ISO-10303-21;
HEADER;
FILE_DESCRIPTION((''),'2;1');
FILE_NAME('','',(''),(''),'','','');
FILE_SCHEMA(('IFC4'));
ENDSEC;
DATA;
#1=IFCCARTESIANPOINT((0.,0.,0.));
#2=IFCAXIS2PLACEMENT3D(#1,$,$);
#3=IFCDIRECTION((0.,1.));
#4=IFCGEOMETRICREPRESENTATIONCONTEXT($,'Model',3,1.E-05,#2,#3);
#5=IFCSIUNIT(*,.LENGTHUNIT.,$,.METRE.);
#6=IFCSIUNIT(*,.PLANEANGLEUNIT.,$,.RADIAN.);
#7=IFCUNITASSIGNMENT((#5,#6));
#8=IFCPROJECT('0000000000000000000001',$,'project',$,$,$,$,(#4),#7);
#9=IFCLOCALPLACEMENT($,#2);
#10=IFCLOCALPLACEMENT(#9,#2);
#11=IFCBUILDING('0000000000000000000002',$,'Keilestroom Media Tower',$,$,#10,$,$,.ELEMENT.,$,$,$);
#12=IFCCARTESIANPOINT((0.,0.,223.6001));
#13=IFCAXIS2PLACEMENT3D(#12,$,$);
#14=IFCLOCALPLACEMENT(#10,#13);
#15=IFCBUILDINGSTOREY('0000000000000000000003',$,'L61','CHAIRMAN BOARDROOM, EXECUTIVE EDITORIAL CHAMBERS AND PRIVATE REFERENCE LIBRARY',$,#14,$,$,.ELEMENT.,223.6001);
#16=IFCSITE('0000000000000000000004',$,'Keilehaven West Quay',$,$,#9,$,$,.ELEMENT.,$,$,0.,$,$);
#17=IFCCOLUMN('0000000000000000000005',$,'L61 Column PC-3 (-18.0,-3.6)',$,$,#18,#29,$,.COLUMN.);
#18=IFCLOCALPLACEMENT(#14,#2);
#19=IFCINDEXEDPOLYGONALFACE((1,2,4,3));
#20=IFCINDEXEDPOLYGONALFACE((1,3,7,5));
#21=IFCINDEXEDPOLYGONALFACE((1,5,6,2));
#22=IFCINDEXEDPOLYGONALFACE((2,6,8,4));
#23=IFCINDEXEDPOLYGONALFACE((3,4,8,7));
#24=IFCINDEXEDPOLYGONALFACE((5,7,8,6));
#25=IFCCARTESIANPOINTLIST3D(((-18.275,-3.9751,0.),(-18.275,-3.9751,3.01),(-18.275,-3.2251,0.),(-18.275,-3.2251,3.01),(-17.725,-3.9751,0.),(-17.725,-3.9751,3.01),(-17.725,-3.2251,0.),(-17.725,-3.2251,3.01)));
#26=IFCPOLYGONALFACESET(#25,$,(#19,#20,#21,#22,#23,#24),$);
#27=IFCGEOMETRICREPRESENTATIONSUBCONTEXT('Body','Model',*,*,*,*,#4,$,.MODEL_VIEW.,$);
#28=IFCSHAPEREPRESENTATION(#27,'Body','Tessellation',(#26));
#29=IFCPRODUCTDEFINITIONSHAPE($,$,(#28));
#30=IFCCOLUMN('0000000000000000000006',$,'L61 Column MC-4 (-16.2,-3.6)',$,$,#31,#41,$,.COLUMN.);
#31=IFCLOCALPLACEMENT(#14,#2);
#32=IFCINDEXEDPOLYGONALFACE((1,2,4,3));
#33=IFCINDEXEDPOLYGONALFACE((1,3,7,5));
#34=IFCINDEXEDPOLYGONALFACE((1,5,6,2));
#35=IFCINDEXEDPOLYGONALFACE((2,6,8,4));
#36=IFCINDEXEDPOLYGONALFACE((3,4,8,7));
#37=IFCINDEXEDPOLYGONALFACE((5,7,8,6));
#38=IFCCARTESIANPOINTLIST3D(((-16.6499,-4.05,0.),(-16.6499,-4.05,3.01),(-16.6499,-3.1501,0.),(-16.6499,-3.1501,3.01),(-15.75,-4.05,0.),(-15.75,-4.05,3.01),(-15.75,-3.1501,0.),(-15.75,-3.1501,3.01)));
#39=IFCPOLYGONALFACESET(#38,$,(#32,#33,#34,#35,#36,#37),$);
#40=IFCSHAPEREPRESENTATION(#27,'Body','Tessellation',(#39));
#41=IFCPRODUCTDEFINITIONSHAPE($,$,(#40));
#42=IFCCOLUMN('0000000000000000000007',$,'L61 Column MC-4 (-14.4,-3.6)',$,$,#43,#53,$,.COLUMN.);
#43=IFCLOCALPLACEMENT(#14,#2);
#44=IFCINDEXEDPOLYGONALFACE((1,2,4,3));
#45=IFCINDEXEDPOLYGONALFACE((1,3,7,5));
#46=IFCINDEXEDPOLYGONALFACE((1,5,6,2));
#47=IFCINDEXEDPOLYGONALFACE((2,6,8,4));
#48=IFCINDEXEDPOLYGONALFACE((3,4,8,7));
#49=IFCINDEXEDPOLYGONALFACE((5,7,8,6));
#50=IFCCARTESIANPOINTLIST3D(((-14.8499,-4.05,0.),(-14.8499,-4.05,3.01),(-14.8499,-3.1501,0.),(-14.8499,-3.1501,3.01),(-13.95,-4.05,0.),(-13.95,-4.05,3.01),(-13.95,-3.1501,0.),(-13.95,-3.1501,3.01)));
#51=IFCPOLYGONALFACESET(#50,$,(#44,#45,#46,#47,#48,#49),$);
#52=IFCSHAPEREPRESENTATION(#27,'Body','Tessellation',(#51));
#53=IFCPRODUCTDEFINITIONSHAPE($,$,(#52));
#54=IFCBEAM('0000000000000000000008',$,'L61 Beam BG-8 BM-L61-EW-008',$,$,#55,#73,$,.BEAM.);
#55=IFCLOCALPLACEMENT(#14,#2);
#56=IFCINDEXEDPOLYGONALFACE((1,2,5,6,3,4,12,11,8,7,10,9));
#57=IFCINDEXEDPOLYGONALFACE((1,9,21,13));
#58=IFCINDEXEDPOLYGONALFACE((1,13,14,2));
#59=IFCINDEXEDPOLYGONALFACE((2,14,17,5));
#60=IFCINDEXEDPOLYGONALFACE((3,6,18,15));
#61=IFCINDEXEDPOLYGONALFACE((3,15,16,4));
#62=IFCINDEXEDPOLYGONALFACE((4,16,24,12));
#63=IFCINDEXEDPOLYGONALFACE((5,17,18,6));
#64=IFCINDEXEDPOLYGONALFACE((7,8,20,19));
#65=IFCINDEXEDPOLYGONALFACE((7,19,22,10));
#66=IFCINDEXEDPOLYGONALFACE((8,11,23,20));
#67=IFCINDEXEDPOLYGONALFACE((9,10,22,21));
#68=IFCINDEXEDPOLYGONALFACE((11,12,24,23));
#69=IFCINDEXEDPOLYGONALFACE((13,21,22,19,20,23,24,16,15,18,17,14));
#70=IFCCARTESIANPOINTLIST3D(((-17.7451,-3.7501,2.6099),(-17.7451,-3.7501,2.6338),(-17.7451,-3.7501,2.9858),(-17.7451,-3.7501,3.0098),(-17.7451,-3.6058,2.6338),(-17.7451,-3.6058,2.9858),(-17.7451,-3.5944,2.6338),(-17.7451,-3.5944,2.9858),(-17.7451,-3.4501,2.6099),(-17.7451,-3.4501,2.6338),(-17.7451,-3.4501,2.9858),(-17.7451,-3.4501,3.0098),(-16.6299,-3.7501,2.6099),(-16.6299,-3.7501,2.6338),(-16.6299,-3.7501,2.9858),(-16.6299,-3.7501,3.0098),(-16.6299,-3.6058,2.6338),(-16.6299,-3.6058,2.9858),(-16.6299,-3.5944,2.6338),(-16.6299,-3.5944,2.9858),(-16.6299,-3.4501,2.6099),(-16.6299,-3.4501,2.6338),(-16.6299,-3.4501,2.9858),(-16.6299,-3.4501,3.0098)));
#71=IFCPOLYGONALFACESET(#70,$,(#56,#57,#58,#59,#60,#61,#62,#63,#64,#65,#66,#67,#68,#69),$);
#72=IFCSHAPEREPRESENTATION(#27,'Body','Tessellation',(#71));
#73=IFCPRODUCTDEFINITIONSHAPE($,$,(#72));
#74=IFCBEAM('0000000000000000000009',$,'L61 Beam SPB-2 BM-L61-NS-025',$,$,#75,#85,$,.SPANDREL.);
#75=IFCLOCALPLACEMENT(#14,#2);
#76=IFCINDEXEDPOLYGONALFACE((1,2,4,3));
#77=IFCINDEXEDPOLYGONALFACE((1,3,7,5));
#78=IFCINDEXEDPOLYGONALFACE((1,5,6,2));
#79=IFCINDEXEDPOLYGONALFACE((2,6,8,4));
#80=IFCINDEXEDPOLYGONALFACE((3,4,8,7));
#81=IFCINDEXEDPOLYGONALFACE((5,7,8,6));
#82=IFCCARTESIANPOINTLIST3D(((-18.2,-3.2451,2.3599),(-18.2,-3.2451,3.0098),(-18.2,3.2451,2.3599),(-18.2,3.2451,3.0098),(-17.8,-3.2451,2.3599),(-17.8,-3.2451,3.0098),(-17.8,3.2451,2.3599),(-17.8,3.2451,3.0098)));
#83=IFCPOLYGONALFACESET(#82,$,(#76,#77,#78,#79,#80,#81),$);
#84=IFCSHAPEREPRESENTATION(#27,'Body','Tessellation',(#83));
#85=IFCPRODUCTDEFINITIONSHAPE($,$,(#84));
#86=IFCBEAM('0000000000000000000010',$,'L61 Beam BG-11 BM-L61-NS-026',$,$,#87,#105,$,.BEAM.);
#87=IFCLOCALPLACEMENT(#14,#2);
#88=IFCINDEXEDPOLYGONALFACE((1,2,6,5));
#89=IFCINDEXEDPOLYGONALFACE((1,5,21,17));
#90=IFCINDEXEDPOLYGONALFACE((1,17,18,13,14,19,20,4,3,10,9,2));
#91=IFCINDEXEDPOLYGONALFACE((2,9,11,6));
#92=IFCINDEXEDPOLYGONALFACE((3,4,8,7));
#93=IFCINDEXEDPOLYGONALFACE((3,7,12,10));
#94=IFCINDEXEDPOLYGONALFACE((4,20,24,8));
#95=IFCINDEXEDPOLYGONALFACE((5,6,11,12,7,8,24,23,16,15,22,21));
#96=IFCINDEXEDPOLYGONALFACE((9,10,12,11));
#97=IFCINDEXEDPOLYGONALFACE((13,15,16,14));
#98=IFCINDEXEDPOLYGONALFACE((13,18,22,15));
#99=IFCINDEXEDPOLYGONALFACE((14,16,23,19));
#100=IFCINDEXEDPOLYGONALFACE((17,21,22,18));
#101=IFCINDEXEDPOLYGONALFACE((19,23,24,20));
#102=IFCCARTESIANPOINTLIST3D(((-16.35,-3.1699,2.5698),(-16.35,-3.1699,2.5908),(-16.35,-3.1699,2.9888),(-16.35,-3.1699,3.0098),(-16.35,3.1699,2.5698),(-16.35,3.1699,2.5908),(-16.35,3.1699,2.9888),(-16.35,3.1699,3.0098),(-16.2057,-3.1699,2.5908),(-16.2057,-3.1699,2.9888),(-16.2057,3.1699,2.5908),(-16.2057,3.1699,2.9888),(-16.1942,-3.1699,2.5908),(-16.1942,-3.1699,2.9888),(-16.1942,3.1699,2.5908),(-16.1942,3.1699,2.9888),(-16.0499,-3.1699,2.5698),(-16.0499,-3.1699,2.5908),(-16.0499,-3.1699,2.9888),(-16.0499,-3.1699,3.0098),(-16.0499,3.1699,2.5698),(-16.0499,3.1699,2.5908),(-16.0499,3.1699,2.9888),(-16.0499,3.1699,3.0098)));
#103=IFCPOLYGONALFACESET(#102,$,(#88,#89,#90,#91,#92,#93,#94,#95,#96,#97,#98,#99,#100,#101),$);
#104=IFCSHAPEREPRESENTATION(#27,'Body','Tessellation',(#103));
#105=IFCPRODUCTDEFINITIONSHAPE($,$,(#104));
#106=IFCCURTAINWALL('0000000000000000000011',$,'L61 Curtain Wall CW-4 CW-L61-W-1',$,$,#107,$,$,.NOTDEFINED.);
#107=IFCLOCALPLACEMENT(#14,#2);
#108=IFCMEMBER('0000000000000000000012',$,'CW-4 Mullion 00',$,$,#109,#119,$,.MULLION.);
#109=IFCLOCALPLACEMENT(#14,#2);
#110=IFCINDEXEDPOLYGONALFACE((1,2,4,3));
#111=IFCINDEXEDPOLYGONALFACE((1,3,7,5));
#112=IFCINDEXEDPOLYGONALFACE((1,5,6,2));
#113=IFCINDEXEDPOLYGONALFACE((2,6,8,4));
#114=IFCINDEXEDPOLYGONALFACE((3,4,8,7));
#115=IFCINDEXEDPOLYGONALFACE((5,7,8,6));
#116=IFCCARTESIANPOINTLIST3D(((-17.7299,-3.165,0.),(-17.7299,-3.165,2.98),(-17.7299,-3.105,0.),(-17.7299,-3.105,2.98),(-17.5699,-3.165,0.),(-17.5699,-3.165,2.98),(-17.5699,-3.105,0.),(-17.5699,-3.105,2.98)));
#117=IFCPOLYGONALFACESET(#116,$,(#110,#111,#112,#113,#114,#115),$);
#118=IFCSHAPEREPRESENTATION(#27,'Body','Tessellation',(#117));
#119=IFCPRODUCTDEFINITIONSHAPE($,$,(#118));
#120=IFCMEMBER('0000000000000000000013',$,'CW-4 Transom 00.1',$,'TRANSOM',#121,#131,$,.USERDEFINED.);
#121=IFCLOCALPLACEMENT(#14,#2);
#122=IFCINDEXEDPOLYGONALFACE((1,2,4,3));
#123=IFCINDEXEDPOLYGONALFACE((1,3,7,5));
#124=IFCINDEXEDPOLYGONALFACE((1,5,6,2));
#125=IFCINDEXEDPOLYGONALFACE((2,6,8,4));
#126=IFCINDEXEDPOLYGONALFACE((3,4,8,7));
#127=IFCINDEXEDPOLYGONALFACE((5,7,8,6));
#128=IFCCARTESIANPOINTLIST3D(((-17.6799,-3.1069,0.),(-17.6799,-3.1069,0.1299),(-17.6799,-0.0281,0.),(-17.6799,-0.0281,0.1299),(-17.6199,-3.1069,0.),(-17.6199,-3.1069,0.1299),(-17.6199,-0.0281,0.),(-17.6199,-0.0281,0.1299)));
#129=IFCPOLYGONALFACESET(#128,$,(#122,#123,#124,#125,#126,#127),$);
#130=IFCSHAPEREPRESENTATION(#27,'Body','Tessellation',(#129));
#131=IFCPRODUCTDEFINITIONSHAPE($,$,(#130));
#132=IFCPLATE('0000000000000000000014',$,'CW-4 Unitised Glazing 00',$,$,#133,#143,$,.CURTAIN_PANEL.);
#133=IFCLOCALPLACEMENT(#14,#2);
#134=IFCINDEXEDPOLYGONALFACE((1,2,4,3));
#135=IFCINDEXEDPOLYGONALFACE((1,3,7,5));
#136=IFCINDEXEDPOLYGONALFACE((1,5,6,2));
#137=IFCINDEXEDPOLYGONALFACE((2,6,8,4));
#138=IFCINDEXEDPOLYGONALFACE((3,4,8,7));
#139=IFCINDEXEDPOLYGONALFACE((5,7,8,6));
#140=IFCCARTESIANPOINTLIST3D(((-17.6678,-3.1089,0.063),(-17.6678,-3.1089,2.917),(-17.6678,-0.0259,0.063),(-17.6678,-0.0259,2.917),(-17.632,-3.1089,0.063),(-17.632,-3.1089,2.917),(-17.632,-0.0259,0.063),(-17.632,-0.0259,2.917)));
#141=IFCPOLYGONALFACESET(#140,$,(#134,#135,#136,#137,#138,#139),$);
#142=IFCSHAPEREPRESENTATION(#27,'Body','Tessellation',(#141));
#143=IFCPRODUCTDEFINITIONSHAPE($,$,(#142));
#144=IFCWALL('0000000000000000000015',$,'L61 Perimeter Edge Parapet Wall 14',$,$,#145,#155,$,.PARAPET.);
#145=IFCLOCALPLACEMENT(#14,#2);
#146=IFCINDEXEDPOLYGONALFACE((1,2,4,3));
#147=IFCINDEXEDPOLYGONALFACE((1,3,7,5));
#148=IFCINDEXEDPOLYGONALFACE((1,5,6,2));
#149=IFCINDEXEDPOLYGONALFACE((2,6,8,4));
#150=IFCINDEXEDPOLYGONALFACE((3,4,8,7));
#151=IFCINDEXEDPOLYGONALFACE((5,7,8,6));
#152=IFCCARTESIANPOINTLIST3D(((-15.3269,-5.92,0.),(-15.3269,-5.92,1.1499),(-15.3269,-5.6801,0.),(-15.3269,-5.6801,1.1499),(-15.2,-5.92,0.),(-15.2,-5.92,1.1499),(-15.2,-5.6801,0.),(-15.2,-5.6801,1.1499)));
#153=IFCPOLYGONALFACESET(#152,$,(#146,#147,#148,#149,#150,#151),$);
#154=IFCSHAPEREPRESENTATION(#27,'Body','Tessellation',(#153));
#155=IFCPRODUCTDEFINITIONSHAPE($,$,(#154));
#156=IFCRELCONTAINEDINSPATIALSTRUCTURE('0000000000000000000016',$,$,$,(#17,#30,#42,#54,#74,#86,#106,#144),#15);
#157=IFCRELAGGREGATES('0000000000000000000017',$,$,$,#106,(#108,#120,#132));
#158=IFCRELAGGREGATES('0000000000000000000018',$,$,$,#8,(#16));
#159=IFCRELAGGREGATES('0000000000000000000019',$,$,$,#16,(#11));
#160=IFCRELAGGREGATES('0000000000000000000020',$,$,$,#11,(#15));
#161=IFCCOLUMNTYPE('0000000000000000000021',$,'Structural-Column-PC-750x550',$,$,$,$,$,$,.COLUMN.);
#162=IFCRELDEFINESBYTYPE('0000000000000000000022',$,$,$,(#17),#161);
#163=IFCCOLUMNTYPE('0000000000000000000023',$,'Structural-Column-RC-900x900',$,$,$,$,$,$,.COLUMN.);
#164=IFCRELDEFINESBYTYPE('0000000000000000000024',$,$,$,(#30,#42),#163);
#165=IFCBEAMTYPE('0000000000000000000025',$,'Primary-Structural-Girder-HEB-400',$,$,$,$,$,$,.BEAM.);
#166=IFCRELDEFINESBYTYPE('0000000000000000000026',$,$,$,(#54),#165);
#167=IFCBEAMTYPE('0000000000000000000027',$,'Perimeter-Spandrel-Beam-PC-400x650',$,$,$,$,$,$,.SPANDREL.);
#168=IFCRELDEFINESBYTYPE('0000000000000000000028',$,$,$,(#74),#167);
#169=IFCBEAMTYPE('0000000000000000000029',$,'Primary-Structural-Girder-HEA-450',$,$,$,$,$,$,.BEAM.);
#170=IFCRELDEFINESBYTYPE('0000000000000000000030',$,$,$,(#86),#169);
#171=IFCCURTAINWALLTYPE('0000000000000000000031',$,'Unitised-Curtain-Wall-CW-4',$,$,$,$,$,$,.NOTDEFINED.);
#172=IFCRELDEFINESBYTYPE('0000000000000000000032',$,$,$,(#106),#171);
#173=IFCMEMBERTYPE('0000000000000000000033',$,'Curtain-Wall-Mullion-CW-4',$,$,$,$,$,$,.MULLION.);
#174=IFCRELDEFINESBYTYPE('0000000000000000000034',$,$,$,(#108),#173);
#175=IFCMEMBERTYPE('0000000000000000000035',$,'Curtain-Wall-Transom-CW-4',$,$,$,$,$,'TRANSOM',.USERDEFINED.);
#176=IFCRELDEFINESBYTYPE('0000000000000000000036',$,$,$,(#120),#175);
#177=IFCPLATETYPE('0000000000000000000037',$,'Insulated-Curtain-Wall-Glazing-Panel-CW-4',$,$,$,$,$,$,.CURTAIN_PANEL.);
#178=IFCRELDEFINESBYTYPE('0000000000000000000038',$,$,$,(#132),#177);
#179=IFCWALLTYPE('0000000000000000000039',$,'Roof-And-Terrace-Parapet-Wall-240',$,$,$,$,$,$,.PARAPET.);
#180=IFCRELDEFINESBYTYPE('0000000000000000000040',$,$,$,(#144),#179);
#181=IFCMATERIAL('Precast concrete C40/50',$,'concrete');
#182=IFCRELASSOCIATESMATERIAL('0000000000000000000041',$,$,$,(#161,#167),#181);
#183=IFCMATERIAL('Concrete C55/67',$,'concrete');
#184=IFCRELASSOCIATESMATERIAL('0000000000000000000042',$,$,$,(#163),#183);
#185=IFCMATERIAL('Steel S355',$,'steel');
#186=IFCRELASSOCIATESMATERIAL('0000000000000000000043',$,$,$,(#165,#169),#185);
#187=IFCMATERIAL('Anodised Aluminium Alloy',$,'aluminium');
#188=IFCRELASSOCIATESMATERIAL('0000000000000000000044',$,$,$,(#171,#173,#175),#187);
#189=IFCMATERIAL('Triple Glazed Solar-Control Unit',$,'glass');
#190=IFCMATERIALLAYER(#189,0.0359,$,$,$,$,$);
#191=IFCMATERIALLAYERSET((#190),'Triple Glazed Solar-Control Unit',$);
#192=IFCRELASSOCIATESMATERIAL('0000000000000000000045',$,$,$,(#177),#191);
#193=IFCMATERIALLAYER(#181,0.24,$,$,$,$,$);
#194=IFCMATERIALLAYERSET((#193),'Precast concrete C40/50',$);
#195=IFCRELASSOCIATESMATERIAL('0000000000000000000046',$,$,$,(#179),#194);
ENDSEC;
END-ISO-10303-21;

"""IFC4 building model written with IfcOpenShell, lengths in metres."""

from ifc_helpers import new_model, si_unit, direction, frame, frame_2d, origin, origin_2d, place, context, subcontext, project, spatial, rectangle, i_section, extrude, source, transform, mapped, material, layer, layer_set, material_profile, profile_set, type_object, element, aggregate, save


model = new_model("IFC4")

# Units and contexts
model_context = context("Model", 3, precision=1e-05, world=origin(), true_north=direction((0.0, 1.0)))
body_context = subcontext(model_context, "Body", "Model", "MODEL_VIEW")
ifc_project = project(units=[si_unit("LENGTHUNIT", "METRE"), si_unit("PLANEANGLEUNIT", "RADIAN")], contexts=[model_context])

# Site, building, storey
site_placement = place(None, origin())
site = spatial("IfcSite", under=ifc_project, at=site_placement, Name="Keilehaven West Quay", CompositionType="ELEMENT", RefElevation=0.0)
building_placement = place(site_placement, origin())
building = spatial("IfcBuilding", under=site, at=building_placement, Name="Keilestroom Media Tower", CompositionType="ELEMENT")
storey_placement = place(building_placement, frame((0.0, 0.0, 223.6001)))
storey = spatial("IfcBuildingStorey", under=building, at=storey_placement, Name="L61", Description="CHAIRMAN BOARDROOM, EXECUTIVE EDITORIAL CHAMBERS AND PRIVATE REFERENCE LIBRARY", CompositionType="ELEMENT", Elevation=223.6001)

# Columns
ifc_material_1 = material(Name="Precast concrete C40/50", Category="concrete")
ifc_material_profile_1 = material_profile(ifc_material_1, rectangle(XDim=0.55, YDim=0.75, at=origin_2d()), Name="PC 750x550")
ifc_profile_set_1 = profile_set([ifc_material_profile_1], Name="Precast concrete C40/50")
column_type_1 = type_object("IfcColumnType", Name="Structural-Column-PC-750x550", PredefinedType="COLUMN", material=ifc_profile_set_1)
shared_shape_1 = source(origin(), body_context, "Body", "SweptSolid", [
    extrude(rectangle(XDim=0.55, YDim=0.75, at=origin_2d()), origin(), (0.0, 0.0, 1.0), 3.01),
])
column_placement = place(storey_placement, frame((-18.0, -3.6001, 0.0), z_axis=(0.0, 0.0, 1.0), x_axis=(1.0, 0.0, 0.0)))
element("IfcColumn", 1, at=column_placement, inside=storey, type_object=column_type_1, Name="L61 Column PC-3 (-18.0,-3.6)", PredefinedType="COLUMN", context=body_context, shape_type="MappedRepresentation", body=[
    mapped(shared_shape_1, transform((0.0, 0.0, 0.0), x_axis=(1.0, 0.0, 0.0), y_axis=(0.0, 1.0, 0.0), z_axis=(0.0, 0.0, 1.0), scale=1.0)),
])
ifc_material_2 = material(Name="Concrete C55/67", Category="concrete")
ifc_material_profile_2 = material_profile(ifc_material_2, rectangle(XDim=0.8999, YDim=0.8999, at=origin_2d()), Name="RC 900x900")
ifc_profile_set_2 = profile_set([ifc_material_profile_2], Name="Concrete C55/67")
column_type_2 = type_object("IfcColumnType", Name="Structural-Column-RC-900x900", PredefinedType="COLUMN", material=ifc_profile_set_2)
shared_shape_2 = source(origin(), body_context, "Body", "SweptSolid", [
    extrude(rectangle(XDim=0.8999, YDim=0.8999, at=origin_2d()), origin(), (0.0, 0.0, 1.0), 3.01),
])
for number, where, z_axis, x_axis, name in (
    (2, (-16.2, -3.6001, 0.0), (0.0, 0.0, 1.0), (1.0, 0.0, 0.0), "L61 Column MC-4 (-16.2,-3.6)"),
    (3, (-14.3999, -3.6001, 0.0), (0.0, 0.0, 1.0), (1.0, 0.0, 0.0), "L61 Column MC-4 (-14.4,-3.6)"),
):
    element("IfcColumn", number, at=place(storey_placement, frame(where, z_axis=z_axis, x_axis=x_axis)), inside=storey, type_object=column_type_2, Name=name, PredefinedType="COLUMN", context=body_context, shape_type="MappedRepresentation", body=[
        mapped(shared_shape_2, transform((0.0, 0.0, 0.0), x_axis=(1.0, 0.0, 0.0), y_axis=(0.0, 1.0, 0.0), z_axis=(0.0, 0.0, 1.0), scale=1.0)),
    ])

# Beams
ifc_material_3 = material(Name="Steel S355", Category="steel")
ifc_material_profile_3 = material_profile(ifc_material_3, i_section(OverallWidth=0.3, OverallDepth=0.3999, WebThickness=0.0115, FlangeThickness=0.0239, at=origin_2d()), Name="HEB 400")
ifc_profile_set_3 = profile_set([ifc_material_profile_3], Name="Steel S355")
beam_type_1 = type_object("IfcBeamType", Name="Primary-Structural-Girder-HEB-400", PredefinedType="BEAM", material=ifc_profile_set_3)
shared_shape_3 = source(origin(), body_context, "Body", "SweptSolid", [
    extrude(i_section(OverallWidth=0.3, OverallDepth=0.3999, WebThickness=0.0115, FlangeThickness=0.0239, at=origin_2d()), origin(), (0.0, 0.0, 1.0), 1.1152),
])
beam_1_placement = place(storey_placement, frame((-17.7451, -3.6001, 2.8098), z_axis=(1.0, 0.0, 0.0), x_axis=(0.0, 1.0, 0.0)))
element("IfcBeam", 4, at=beam_1_placement, inside=storey, type_object=beam_type_1, Name="L61 Beam BG-8 BM-L61-EW-008", PredefinedType="BEAM", context=body_context, shape_type="MappedRepresentation", body=[
    mapped(shared_shape_3, transform((0.0, 0.0, 0.0), x_axis=(1.0, 0.0, 0.0), y_axis=(0.0, 1.0, 0.0), z_axis=(0.0, 0.0, 1.0), scale=1.0)),
])
ifc_material_profile_4 = material_profile(ifc_material_1, rectangle(XDim=0.3999, YDim=0.6499, at=origin_2d()), Name="PC 400x650")
ifc_profile_set_4 = profile_set([ifc_material_profile_4], Name="Precast concrete C40/50")
beam_type_2 = type_object("IfcBeamType", Name="Perimeter-Spandrel-Beam-PC-400x650", PredefinedType="SPANDREL", material=ifc_profile_set_4)
shared_shape_4 = source(origin(), body_context, "Body", "SweptSolid", [
    extrude(rectangle(XDim=0.3999, YDim=0.6499, at=origin_2d()), origin(), (0.0, 0.0, 1.0), 6.4902),
])
beam_2_placement = place(storey_placement, frame((-18.0, -3.2451, 2.6848), z_axis=(0.0, 1.0, 0.0), x_axis=(-1.0, 0.0, 0.0)))
element("IfcBeam", 5, at=beam_2_placement, inside=storey, type_object=beam_type_2, Name="L61 Beam SPB-2 BM-L61-NS-025", PredefinedType="SPANDREL", context=body_context, shape_type="MappedRepresentation", body=[
    mapped(shared_shape_4, transform((0.0, 0.0, 0.0), x_axis=(1.0, 0.0, 0.0), y_axis=(0.0, 1.0, 0.0), z_axis=(0.0, 0.0, 1.0), scale=1.0)),
])
ifc_material_profile_5 = material_profile(ifc_material_3, i_section(OverallWidth=0.3, OverallDepth=0.4399, WebThickness=0.0115, FlangeThickness=0.021, at=origin_2d()), Name="HEA 450")
ifc_profile_set_5 = profile_set([ifc_material_profile_5], Name="Steel S355")
beam_type_3 = type_object("IfcBeamType", Name="Primary-Structural-Girder-HEA-450", PredefinedType="BEAM", material=ifc_profile_set_5)
shared_shape_5 = source(origin(), body_context, "Body", "SweptSolid", [
    extrude(i_section(OverallWidth=0.3, OverallDepth=0.4399, WebThickness=0.0115, FlangeThickness=0.021, at=origin_2d()), origin(), (0.0, 0.0, 1.0), 6.3398),
])
beam_3_placement = place(storey_placement, frame((-16.2, -3.1699, 2.7898), z_axis=(0.0, 1.0, 0.0), x_axis=(-1.0, 0.0, 0.0)))
element("IfcBeam", 6, at=beam_3_placement, inside=storey, type_object=beam_type_3, Name="L61 Beam BG-11 BM-L61-NS-026", PredefinedType="BEAM", context=body_context, shape_type="MappedRepresentation", body=[
    mapped(shared_shape_5, transform((0.0, 0.0, 0.0), x_axis=(1.0, 0.0, 0.0), y_axis=(0.0, 1.0, 0.0), z_axis=(0.0, 0.0, 1.0), scale=1.0)),
])

# Curtain wall, members, plate
ifc_material_4 = material(Name="Anodised Aluminium Alloy", Category="aluminium")
curtain_wall_type = type_object("IfcCurtainWallType", Name="Unitised-Curtain-Wall-CW-4", PredefinedType="NOTDEFINED", material=ifc_material_4)
curtain_wall_placement = place(storey_placement, origin())
curtain_wall = element("IfcCurtainWall", 7, at=curtain_wall_placement, inside=storey, type_object=curtain_wall_type, Name="L61 Curtain Wall CW-4 CW-L61-W-1", PredefinedType="NOTDEFINED")
ifc_material_profile_6 = material_profile(ifc_material_4, rectangle(XDim=0.0601, YDim=0.1599, at=origin_2d()), Name="ALU MULLION 60x160")
ifc_profile_set_6 = profile_set([ifc_material_profile_6], Name="Anodised Aluminium Alloy")
member_type_1 = type_object("IfcMemberType", Name="Curtain-Wall-Mullion-CW-4", PredefinedType="MULLION", material=ifc_profile_set_6)
shared_shape_6 = source(origin(), body_context, "Body", "SweptSolid", [
    extrude(rectangle(XDim=0.0601, YDim=0.1599, at=origin_2d()), origin(), (0.0, 0.0, 1.0), 2.98),
])
member_1_placement = place(storey_placement, frame((-17.6499, -3.135, 0.0), z_axis=(0.0, 0.0, 1.0), x_axis=(0.0, 1.0, 0.0)))
member_1 = element("IfcMember", 8, at=member_1_placement, type_object=member_type_1, Name="CW-4 Mullion 00", PredefinedType="MULLION", context=body_context, shape_type="MappedRepresentation", body=[
    mapped(shared_shape_6, transform((0.0, 0.0, 0.0), x_axis=(1.0, 0.0, 0.0), y_axis=(0.0, 1.0, 0.0), z_axis=(0.0, 0.0, 1.0), scale=1.0)),
])
ifc_material_profile_7 = material_profile(ifc_material_4, rectangle(XDim=0.0601, YDim=0.1299, at=origin_2d()), Name="ALU TRANSOM 60x130")
ifc_profile_set_7 = profile_set([ifc_material_profile_7], Name="Anodised Aluminium Alloy")
member_type_2 = type_object("IfcMemberType", Name="Curtain-Wall-Transom-CW-4", ElementType="TRANSOM", PredefinedType="USERDEFINED", material=ifc_profile_set_7)
shared_shape_7 = source(origin(), body_context, "Body", "SweptSolid", [
    extrude(rectangle(XDim=0.0601, YDim=0.1299, at=origin_2d()), origin(), (0.0, 0.0, 1.0), 3.0789),
])
member_2_placement = place(storey_placement, frame((-17.6499, -3.1069, 0.0649), z_axis=(0.0, 1.0, 0.0), x_axis=(-1.0, 0.0, 0.0)))
member_2 = element("IfcMember", 9, at=member_2_placement, type_object=member_type_2, Name="CW-4 Transom 00.1", ObjectType="TRANSOM", PredefinedType="USERDEFINED", context=body_context, shape_type="MappedRepresentation", body=[
    mapped(shared_shape_7, transform((0.0, 0.0, 0.0), x_axis=(1.0, 0.0, 0.0), y_axis=(0.0, 1.0, 0.0), z_axis=(0.0, 0.0, 1.0), scale=1.0)),
])
ifc_material_5 = material(Name="Triple Glazed Solar-Control Unit", Category="glass")
ifc_layer_1 = layer(ifc_material_5, 0.0359)
ifc_layer_set_1 = layer_set([ifc_layer_1], Name="Triple Glazed Solar-Control Unit")
plate_type = type_object("IfcPlateType", Name="Insulated-Curtain-Wall-Glazing-Panel-CW-4", PredefinedType="CURTAIN_PANEL", material=ifc_layer_set_1)
shared_shape_8 = source(origin(), body_context, "Body", "SweptSolid", [
    extrude(rectangle(XDim=3.083, YDim=0.0359, at=origin_2d()), origin(), (0.0, 0.0, 1.0), 2.854),
])
plate_placement = place(storey_placement, frame((-17.6499, -1.5674, 0.063), z_axis=(0.0, 0.0, 1.0), x_axis=(0.0, 1.0, 0.0)))
plate = element("IfcPlate", 10, at=plate_placement, type_object=plate_type, Name="CW-4 Unitised Glazing 00", PredefinedType="CURTAIN_PANEL", context=body_context, shape_type="MappedRepresentation", body=[
    mapped(shared_shape_8, transform((0.0, 0.0, 0.0), x_axis=(1.0, 0.0, 0.0), y_axis=(0.0, 1.0, 0.0), z_axis=(0.0, 0.0, 1.0), scale=1.0)),
])
aggregate(curtain_wall, [member_1, member_2, plate])

# Wall
ifc_layer_2 = layer(ifc_material_1, 0.24)
ifc_layer_set_2 = layer_set([ifc_layer_2], Name="Precast concrete C40/50")
wall_type = type_object("IfcWallType", Name="Roof-And-Terrace-Parapet-Wall-240", PredefinedType="PARAPET", material=ifc_layer_set_2)
wall_1_placement = place(storey_placement, frame((-15.2, -5.8, 0.0), z_axis=(0.0, 0.0, 1.0), x_axis=(-1.0, 0.0, 0.0)))
element("IfcWall", 11, at=wall_1_placement, inside=storey, type_object=wall_type, Name="L61 Perimeter Edge Parapet Wall 14", PredefinedType="PARAPET", context=body_context, shape_type="SweptSolid", body=[
    extrude(rectangle(XDim=0.127, YDim=0.24, at=frame_2d((0.0635, 0.0))), origin(), (0.0, 0.0, 1.0), 1.1499),
])

save(model, "model.ifc")
